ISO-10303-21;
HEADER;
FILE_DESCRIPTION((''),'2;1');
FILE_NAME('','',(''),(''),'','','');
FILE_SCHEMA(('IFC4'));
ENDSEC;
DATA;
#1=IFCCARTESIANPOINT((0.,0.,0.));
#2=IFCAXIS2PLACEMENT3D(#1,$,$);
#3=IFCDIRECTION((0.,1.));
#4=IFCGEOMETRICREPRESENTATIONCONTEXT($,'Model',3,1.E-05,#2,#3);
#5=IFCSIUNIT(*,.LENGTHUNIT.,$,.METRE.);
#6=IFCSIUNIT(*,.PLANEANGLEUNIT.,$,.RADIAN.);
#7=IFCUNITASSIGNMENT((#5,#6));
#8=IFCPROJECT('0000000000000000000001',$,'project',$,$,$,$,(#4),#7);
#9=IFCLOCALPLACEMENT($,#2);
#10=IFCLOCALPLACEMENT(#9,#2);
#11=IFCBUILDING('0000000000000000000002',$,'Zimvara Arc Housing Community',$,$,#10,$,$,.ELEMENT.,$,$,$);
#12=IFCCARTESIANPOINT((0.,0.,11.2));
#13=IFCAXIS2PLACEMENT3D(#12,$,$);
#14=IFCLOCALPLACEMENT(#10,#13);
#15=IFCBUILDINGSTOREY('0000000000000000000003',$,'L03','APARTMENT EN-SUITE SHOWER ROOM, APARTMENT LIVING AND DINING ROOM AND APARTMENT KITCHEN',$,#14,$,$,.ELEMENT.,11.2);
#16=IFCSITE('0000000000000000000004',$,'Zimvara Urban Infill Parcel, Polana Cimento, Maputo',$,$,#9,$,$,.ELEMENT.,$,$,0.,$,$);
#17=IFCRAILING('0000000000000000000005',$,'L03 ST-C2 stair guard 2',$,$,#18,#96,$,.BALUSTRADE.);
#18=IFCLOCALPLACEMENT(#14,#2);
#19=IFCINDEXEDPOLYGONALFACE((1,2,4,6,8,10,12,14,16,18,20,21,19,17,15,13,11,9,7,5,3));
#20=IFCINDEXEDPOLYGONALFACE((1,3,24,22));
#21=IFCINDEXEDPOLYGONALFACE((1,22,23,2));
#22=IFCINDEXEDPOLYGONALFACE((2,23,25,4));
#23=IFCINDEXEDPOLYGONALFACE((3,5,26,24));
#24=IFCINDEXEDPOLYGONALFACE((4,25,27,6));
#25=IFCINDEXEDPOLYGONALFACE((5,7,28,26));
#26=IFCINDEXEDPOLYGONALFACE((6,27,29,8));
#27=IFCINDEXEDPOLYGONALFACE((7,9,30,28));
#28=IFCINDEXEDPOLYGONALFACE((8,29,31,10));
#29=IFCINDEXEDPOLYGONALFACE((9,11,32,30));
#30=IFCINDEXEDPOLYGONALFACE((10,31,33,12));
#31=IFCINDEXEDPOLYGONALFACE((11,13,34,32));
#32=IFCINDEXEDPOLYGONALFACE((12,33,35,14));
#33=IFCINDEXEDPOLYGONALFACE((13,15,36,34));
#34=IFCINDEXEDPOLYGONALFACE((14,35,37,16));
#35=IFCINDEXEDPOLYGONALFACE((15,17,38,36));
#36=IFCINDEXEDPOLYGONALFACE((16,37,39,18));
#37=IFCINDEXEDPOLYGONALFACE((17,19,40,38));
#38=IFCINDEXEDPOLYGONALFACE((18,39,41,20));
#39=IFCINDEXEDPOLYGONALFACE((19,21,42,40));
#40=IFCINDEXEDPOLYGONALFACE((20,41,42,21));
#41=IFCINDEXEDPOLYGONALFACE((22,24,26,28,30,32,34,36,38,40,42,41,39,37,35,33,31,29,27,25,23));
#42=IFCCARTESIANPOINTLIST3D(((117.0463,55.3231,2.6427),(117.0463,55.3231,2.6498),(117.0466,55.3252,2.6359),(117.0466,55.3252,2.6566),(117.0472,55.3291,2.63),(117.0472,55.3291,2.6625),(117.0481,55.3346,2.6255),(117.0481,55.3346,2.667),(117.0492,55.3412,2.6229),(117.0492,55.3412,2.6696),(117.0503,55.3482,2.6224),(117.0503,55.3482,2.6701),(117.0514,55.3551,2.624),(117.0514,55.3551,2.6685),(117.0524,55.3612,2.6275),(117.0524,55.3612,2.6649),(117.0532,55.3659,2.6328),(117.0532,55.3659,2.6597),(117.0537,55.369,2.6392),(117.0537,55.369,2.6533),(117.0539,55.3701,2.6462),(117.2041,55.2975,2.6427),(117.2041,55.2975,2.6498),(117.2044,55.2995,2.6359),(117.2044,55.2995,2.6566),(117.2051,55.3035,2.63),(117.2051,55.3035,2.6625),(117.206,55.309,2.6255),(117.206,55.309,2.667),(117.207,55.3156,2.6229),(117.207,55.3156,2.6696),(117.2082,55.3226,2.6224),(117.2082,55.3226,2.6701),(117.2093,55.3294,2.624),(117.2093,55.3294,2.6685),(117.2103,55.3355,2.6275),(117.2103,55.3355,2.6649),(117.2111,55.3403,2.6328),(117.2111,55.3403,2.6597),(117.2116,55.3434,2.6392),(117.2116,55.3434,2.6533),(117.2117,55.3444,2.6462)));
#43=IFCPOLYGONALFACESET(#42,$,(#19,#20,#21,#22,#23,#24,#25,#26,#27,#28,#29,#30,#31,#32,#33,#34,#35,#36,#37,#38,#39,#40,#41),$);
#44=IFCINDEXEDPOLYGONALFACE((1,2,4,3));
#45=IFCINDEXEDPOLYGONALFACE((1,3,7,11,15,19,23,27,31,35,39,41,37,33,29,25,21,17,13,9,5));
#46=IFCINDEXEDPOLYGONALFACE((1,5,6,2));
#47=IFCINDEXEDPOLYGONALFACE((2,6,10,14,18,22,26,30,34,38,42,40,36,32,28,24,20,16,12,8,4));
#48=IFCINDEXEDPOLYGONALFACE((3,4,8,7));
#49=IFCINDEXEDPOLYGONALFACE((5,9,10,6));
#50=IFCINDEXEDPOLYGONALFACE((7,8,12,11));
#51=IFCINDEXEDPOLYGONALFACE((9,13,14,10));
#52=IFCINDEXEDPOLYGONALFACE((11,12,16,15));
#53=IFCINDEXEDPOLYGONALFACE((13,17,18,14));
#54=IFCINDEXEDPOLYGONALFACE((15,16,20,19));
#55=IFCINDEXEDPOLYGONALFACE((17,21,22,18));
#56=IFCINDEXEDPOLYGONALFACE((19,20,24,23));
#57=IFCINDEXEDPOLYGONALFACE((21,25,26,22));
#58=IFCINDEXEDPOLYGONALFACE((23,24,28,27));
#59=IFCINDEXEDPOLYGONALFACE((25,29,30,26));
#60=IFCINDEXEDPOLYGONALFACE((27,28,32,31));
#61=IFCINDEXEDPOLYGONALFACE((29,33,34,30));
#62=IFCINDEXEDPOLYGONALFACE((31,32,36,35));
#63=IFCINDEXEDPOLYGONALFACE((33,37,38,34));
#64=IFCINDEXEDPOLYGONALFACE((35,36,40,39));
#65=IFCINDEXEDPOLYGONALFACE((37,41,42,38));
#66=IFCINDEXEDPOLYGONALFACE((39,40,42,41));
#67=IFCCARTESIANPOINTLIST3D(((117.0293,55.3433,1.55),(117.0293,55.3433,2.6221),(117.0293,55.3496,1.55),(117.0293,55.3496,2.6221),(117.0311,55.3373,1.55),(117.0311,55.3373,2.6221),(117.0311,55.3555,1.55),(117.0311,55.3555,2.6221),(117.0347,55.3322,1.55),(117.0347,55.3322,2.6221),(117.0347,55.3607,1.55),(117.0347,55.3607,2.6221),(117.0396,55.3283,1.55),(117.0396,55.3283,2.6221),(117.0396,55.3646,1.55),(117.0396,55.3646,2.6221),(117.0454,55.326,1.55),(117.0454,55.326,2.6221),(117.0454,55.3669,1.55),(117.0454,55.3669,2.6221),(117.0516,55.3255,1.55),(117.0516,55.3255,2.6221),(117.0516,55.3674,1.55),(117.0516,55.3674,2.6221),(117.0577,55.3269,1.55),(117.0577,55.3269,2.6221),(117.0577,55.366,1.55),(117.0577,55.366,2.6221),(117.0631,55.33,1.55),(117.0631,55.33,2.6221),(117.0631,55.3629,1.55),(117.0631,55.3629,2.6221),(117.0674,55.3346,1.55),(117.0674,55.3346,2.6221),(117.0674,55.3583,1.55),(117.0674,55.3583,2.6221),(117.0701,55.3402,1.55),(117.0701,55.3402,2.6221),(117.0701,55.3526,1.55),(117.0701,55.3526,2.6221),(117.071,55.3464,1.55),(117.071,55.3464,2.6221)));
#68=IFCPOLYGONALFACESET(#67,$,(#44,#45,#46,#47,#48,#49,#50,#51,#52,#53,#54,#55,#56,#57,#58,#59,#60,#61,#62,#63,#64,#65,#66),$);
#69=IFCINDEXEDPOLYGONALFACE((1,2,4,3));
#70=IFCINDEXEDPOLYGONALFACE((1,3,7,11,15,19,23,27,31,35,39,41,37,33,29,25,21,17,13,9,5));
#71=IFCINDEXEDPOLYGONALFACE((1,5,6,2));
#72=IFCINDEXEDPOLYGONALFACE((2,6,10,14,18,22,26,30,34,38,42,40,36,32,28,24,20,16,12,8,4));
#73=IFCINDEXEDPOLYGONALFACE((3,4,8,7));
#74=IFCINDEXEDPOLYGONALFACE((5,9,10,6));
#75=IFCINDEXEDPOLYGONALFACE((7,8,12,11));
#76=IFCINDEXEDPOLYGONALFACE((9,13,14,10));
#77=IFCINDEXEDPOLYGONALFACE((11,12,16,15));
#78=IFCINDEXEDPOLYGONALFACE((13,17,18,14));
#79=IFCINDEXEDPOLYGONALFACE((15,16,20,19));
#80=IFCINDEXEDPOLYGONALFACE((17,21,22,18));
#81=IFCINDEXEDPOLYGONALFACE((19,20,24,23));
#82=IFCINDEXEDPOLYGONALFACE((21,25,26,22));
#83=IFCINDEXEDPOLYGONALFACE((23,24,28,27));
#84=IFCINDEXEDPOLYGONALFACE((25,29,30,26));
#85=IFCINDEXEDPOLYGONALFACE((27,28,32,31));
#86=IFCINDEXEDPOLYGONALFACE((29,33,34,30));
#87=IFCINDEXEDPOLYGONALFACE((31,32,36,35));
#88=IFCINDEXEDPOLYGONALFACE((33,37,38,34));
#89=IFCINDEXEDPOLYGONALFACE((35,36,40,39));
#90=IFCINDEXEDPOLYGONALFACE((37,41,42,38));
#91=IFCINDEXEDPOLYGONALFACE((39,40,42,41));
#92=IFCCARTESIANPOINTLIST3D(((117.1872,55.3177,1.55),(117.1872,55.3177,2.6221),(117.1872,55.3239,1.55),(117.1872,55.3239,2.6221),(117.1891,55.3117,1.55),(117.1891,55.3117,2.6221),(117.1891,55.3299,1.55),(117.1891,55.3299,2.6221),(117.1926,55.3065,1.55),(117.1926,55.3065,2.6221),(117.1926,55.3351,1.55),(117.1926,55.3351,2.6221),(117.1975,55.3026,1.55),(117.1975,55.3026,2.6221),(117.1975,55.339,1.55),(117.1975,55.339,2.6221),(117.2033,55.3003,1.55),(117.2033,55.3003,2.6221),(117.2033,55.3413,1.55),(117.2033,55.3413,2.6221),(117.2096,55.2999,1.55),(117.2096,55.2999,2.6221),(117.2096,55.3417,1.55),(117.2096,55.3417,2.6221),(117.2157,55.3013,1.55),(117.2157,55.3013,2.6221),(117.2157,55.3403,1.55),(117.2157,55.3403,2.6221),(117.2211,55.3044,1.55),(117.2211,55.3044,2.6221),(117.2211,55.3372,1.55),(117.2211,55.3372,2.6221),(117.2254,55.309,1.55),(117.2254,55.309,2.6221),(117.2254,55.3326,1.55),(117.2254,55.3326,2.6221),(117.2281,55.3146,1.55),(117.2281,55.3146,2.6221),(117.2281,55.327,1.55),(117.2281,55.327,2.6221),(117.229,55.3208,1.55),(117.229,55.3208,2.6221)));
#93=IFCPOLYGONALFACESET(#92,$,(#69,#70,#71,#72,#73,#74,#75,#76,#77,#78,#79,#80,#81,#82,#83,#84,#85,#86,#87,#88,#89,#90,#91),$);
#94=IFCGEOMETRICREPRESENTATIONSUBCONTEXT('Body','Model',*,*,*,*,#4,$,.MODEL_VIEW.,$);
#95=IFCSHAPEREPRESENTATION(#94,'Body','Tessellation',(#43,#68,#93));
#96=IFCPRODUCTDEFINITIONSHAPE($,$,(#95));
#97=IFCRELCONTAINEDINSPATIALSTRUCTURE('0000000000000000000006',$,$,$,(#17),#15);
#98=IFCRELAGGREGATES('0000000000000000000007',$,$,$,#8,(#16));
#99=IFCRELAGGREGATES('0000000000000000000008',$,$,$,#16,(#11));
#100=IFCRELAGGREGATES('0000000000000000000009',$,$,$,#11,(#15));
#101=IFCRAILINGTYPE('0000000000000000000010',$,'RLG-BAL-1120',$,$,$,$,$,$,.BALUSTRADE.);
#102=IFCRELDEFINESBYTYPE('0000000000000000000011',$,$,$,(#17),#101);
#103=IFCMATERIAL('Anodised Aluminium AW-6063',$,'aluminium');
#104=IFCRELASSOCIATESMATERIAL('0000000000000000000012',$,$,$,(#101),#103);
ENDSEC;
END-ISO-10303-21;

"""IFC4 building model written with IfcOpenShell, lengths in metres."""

from ifc_helpers import new_model, si_unit, direction, frame, origin, origin_2d, place, context, subcontext, project, spatial, circle, extrude, material, type_object, element, save


model = new_model("IFC4")

# Units and contexts
model_context = context("Model", 3, precision=1e-05, world=origin(), true_north=direction((0.0, 1.0)))
body_context = subcontext(model_context, "Body", "Model", "MODEL_VIEW")
ifc_project = project(units=[si_unit("LENGTHUNIT", "METRE"), si_unit("PLANEANGLEUNIT", "RADIAN")], contexts=[model_context])

# Site, building, storey
site_placement = place(None, origin())
site = spatial("IfcSite", under=ifc_project, at=site_placement, Name="Zimvara Urban Infill Parcel, Polana Cimento, Maputo", CompositionType="ELEMENT", RefElevation=0.0)
building_placement = place(site_placement, origin())
building = spatial("IfcBuilding", under=site, at=building_placement, Name="Zimvara Arc Housing Community", CompositionType="ELEMENT")
storey_placement = place(building_placement, frame((0.0, 0.0, 11.2)))
storey = spatial("IfcBuildingStorey", under=building, at=storey_placement, Name="L03", Description="APARTMENT EN-SUITE SHOWER ROOM, APARTMENT LIVING AND DINING ROOM AND APARTMENT KITCHEN", CompositionType="ELEMENT", Elevation=11.2)

# Railing
ifc_material_1 = material(Name="Anodised Aluminium AW-6063", Category="aluminium")
railing_type_1 = type_object("IfcRailingType", Name="RLG-BAL-1120", PredefinedType="BALUSTRADE", material=ifc_material_1)
railing_1_placement = place(storey_placement, frame((117.05, 55.3464, 1.55)))
element("IfcRailing", 1, at=railing_1_placement, inside=storey, type_object=railing_type_1, Name="L03 ST-C2 stair guard 2", PredefinedType="BALUSTRADE", context=body_context, shape_type="SweptSolid", body=[
    extrude(circle(Radius=0.0239, at=origin_2d()), frame((0.0, 0.0, 1.0962), z_axis=(0.987086, -0.160192, 0.0), x_axis=(0.160192, 0.987086, 0.0)), (0.0, 0.0, 1.0), 0.1599),
    extrude(circle(Radius=0.021, at=origin_2d()), origin(), (0.0, 0.0, 1.0), 1.072),
    extrude(circle(Radius=0.021, at=origin_2d()), frame((0.158, -0.0256, 0.0)), (0.0, 0.0, 1.0), 1.072),
])

save(model, "model.ifc")
